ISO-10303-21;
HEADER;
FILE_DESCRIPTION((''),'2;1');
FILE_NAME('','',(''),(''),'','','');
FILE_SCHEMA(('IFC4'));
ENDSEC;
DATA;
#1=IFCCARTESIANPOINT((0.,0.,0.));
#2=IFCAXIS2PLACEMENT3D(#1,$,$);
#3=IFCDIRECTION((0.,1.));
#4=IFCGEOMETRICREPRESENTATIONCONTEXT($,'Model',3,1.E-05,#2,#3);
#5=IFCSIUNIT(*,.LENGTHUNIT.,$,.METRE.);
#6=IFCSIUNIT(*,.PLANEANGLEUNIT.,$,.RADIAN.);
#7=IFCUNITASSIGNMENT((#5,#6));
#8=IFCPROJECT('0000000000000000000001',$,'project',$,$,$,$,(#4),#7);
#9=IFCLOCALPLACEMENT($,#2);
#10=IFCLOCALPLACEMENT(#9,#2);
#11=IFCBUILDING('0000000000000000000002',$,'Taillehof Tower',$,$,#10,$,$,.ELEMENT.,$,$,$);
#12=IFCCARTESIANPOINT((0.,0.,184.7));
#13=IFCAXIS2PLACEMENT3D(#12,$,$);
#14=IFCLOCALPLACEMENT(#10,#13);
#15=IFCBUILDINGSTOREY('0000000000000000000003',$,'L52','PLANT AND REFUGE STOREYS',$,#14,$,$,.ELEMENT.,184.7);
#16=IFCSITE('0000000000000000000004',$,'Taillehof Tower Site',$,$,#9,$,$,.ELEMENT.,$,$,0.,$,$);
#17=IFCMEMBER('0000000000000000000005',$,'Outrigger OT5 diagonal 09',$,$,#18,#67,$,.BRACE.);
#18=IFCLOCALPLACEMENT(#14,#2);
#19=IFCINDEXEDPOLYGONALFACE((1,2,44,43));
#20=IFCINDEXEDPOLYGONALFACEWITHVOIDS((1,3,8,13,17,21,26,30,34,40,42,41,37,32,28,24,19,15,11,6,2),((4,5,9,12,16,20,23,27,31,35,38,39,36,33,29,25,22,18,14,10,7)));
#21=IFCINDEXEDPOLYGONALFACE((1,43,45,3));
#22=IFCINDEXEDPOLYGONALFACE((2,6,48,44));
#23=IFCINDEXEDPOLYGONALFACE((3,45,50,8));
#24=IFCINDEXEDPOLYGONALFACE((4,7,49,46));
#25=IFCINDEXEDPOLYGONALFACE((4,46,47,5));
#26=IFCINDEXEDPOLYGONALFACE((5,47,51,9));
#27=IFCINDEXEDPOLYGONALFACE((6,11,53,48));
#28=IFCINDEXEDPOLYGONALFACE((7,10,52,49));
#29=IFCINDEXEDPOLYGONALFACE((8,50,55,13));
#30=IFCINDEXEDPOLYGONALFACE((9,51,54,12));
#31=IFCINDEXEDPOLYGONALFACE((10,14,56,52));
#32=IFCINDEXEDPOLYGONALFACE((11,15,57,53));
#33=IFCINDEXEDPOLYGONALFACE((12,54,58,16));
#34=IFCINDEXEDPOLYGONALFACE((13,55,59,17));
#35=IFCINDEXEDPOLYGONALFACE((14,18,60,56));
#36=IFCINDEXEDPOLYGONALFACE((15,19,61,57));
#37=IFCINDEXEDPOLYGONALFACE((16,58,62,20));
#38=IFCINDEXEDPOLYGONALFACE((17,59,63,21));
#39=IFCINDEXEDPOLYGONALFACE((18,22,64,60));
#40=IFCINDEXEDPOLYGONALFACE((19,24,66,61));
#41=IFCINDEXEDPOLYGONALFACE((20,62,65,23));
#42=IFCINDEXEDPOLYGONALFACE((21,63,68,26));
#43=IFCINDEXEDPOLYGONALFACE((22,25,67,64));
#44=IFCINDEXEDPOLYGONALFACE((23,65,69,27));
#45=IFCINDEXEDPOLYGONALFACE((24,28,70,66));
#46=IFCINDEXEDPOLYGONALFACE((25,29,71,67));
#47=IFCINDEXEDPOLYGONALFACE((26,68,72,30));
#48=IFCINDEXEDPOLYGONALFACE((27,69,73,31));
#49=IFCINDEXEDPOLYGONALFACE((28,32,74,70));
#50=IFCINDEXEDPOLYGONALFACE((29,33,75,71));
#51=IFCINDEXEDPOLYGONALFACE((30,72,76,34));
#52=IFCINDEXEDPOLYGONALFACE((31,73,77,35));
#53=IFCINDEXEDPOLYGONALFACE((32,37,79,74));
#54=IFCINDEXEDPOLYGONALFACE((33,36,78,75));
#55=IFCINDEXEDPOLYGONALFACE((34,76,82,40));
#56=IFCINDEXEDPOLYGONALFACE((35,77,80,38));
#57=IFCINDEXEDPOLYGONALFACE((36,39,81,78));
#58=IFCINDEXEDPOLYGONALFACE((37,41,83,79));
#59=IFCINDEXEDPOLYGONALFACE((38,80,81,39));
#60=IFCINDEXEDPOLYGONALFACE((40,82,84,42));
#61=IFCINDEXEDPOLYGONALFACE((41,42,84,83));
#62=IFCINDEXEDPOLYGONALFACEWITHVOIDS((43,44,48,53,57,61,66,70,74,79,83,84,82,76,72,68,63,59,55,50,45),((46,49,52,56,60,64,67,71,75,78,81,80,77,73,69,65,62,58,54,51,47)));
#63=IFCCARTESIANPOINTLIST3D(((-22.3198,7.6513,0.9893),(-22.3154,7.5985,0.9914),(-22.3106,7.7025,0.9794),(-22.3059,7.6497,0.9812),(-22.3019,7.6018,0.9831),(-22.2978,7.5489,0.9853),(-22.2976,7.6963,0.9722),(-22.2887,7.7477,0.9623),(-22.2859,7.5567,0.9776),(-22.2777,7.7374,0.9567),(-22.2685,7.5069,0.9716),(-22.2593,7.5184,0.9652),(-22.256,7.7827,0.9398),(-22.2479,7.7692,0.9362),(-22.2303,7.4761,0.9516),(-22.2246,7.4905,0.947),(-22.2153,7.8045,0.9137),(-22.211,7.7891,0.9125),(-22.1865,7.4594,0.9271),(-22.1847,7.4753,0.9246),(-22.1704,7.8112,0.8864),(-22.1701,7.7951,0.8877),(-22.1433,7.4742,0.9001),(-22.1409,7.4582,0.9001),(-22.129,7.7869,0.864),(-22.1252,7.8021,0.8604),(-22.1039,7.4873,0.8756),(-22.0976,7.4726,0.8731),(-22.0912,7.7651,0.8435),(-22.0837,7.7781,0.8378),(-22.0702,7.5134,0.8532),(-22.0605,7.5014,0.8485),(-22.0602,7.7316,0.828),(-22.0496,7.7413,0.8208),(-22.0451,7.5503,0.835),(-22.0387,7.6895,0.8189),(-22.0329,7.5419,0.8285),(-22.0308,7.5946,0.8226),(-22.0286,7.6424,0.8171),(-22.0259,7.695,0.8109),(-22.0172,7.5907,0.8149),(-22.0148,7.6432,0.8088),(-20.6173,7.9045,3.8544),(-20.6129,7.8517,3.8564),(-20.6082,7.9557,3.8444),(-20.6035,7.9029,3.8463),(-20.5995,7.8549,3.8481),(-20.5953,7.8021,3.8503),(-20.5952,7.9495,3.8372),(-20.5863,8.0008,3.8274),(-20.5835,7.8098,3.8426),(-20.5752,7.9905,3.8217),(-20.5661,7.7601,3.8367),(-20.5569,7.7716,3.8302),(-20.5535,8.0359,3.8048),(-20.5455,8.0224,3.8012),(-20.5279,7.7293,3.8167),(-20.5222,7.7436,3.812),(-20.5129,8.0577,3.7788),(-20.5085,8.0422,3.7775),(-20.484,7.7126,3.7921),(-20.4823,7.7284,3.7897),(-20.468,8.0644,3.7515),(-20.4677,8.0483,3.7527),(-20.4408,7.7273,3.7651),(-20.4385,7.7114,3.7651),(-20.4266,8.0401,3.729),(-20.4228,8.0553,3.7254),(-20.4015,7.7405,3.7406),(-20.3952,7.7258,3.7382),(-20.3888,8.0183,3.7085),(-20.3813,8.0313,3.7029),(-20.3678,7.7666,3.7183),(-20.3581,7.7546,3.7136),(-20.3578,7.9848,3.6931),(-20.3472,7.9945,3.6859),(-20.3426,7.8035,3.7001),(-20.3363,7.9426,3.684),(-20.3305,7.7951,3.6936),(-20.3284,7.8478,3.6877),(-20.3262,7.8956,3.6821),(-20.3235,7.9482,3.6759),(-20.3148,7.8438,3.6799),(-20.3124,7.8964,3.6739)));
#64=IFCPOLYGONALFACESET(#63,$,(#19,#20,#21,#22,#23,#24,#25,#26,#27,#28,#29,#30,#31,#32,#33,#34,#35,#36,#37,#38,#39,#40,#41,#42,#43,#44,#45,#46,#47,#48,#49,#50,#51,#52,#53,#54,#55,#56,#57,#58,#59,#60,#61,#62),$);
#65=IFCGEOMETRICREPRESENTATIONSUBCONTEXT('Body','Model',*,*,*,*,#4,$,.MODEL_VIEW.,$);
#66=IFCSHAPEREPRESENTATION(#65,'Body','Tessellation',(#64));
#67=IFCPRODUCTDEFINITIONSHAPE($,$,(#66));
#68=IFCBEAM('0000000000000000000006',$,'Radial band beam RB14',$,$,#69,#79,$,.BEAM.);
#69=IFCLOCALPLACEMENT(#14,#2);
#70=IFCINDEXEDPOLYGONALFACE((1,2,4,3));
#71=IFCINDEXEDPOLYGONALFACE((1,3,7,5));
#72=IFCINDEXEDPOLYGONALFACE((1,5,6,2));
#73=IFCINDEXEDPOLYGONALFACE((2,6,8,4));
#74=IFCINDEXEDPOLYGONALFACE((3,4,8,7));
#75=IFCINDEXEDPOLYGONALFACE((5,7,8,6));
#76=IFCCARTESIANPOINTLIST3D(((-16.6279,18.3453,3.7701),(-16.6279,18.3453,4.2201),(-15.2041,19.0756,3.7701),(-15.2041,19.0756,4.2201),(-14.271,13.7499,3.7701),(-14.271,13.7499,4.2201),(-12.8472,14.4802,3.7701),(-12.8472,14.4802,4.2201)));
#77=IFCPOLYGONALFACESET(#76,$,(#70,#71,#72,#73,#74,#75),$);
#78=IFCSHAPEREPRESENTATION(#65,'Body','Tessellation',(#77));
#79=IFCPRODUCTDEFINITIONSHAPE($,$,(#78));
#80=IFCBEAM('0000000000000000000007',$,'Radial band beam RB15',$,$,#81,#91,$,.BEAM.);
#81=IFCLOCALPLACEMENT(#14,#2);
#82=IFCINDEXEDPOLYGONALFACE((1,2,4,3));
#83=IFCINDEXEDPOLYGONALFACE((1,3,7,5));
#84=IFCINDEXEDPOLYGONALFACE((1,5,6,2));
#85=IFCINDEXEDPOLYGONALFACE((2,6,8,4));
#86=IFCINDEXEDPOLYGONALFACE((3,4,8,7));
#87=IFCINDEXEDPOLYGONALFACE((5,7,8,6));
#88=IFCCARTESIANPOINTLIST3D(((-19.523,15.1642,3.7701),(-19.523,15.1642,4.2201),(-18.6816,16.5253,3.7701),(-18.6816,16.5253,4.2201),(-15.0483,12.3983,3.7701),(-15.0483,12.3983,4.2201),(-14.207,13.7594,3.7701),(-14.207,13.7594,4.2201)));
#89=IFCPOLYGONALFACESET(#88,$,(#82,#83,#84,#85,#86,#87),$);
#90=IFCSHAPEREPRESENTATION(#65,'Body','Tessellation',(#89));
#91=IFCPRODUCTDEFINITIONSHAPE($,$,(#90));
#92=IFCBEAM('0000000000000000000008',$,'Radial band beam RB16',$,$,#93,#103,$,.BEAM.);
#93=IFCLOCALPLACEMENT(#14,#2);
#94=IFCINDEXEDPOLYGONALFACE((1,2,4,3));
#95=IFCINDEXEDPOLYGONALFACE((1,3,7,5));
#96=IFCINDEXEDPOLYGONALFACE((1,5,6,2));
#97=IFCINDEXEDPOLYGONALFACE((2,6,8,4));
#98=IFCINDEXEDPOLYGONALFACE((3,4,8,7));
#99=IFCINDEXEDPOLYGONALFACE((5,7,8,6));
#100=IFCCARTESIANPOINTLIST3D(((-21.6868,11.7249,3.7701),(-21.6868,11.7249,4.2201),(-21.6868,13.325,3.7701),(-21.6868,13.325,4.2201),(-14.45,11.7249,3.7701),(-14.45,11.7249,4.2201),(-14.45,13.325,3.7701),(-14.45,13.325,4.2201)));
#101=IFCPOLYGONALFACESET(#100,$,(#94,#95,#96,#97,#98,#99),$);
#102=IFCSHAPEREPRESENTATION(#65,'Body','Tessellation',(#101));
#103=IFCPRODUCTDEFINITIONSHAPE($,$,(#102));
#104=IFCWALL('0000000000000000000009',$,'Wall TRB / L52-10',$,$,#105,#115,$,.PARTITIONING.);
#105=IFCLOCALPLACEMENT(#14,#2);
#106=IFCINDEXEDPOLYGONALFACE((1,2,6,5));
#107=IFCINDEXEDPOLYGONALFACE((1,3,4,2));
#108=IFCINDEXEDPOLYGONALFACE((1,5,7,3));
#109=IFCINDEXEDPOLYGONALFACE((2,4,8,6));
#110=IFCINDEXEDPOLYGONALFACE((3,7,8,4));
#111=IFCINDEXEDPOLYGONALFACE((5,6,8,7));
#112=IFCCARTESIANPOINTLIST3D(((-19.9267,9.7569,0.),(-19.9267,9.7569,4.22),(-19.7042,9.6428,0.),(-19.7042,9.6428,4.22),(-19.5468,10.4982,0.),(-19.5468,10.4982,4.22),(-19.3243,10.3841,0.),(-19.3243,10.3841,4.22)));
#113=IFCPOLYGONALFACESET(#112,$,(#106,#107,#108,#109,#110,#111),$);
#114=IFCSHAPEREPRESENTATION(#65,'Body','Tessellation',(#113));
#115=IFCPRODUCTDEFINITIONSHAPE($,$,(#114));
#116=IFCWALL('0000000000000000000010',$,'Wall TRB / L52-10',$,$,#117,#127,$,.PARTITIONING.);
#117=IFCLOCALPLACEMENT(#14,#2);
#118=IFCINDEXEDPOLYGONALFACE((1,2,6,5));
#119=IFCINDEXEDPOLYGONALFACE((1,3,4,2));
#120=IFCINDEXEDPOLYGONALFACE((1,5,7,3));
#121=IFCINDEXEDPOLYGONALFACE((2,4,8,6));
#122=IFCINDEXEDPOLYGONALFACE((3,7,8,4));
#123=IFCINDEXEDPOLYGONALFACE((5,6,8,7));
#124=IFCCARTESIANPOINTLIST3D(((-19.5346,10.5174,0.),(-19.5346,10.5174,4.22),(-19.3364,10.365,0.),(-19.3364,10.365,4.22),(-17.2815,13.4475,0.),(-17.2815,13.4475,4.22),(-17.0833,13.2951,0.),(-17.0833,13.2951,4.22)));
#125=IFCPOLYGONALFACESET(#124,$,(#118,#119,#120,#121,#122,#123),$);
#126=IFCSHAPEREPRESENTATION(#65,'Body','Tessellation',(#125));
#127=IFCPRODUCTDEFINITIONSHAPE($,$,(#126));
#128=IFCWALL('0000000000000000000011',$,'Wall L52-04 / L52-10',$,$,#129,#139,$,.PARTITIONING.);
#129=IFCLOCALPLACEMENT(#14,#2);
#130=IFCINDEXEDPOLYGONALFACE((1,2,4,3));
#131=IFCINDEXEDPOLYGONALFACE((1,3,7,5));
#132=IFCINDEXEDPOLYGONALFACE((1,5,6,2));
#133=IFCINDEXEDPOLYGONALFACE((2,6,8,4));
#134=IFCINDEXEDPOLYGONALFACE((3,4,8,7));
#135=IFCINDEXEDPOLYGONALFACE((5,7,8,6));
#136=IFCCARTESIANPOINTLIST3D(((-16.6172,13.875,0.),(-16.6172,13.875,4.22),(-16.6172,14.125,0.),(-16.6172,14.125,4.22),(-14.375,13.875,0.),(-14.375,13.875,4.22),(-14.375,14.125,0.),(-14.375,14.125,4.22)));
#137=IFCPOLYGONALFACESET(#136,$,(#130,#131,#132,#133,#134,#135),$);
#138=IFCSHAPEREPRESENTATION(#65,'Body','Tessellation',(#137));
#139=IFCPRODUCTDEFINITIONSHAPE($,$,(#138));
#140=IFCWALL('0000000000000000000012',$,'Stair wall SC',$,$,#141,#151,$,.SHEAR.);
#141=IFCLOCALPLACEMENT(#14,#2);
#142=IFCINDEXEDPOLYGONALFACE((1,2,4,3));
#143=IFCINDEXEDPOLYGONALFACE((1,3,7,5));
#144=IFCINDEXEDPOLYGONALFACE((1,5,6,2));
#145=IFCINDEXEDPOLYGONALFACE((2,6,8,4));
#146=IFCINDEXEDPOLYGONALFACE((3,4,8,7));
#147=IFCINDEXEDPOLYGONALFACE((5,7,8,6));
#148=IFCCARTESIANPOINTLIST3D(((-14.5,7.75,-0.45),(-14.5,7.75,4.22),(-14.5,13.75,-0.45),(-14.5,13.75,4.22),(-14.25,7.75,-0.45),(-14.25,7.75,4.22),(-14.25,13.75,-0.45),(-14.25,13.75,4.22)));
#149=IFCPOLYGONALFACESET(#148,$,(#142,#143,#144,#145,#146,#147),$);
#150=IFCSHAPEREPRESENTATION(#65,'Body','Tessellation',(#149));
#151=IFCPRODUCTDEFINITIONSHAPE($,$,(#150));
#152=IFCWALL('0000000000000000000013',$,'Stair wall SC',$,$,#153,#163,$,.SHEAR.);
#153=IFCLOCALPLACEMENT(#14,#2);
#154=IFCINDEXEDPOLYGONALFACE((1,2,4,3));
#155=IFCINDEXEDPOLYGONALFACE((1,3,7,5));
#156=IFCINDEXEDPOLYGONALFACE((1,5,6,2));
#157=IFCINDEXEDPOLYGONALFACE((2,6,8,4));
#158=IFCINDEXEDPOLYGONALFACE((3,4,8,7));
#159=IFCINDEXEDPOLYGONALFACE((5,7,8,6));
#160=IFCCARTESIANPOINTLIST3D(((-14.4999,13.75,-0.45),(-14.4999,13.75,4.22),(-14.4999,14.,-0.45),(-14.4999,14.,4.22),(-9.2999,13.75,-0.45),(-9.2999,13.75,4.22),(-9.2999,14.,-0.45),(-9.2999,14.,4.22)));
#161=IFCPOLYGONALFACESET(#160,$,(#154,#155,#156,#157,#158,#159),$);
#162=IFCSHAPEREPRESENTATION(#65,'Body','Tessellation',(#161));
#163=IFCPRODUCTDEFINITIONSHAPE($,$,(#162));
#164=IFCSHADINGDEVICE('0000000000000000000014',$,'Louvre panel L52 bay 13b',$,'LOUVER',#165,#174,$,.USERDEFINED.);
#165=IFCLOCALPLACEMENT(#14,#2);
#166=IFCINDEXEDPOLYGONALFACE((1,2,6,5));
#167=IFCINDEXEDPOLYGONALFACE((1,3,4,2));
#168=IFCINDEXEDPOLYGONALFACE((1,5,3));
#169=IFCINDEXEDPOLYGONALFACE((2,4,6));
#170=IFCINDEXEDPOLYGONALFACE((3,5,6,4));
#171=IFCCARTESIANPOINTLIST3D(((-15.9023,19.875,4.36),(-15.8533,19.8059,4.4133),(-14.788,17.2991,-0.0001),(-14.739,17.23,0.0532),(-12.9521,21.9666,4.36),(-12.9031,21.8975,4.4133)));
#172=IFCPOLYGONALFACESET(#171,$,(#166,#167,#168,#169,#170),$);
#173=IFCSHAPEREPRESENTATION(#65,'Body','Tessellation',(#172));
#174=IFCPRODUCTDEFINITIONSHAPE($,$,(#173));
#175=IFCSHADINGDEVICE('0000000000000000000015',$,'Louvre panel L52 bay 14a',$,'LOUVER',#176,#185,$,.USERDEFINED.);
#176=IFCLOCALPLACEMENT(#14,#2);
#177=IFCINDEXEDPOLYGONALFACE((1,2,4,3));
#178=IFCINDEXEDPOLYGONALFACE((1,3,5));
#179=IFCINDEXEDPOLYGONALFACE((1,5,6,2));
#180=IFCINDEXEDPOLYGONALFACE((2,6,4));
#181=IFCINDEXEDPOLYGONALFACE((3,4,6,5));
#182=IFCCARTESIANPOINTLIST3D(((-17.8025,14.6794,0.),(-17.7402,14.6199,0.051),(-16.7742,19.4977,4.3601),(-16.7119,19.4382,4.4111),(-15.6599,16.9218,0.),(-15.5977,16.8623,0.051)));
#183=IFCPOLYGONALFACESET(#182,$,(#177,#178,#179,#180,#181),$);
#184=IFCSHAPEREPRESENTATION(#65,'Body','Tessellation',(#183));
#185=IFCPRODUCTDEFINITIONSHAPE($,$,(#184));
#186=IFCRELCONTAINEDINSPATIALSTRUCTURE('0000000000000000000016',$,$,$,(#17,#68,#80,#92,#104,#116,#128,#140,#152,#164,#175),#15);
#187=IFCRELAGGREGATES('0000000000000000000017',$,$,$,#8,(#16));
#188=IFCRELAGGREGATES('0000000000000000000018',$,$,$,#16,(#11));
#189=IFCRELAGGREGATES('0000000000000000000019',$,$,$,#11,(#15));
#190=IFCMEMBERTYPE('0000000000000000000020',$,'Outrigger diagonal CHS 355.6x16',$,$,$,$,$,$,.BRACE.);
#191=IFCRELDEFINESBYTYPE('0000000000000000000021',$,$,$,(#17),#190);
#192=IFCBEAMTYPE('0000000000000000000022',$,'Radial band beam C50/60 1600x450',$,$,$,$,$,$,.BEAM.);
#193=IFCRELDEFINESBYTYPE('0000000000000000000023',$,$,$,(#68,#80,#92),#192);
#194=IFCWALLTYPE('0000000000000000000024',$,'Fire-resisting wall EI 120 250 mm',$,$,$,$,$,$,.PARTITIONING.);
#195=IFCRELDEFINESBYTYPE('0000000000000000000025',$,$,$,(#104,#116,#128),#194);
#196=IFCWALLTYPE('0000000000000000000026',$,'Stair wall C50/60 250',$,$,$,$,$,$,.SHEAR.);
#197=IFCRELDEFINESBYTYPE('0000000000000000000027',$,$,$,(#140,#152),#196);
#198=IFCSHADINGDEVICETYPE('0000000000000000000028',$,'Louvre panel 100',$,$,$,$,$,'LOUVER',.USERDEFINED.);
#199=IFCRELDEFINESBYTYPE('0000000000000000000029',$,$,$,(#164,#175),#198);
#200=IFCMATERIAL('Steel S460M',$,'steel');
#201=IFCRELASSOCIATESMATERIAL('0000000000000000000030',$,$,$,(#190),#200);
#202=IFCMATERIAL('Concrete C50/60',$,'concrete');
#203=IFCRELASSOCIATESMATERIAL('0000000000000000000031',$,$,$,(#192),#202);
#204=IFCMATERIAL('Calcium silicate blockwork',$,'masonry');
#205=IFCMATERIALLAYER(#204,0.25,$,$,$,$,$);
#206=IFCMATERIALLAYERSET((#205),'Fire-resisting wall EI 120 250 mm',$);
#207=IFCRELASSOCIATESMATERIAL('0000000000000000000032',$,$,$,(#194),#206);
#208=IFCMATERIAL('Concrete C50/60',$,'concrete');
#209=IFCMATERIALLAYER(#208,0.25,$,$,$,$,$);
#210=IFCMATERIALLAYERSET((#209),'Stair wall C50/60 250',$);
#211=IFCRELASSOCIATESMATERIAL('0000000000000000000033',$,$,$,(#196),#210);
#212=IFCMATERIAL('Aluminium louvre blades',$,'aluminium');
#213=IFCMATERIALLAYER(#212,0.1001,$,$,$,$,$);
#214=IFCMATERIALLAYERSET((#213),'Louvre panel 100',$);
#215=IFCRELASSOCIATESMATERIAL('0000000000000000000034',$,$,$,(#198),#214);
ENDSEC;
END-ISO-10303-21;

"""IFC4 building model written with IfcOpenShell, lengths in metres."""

from ifc_helpers import new_model, si_unit, direction, frame, frame_2d, origin, origin_2d, place, context, subcontext, project, spatial, polyline, rectangle, hollow_circle, outline, extrude, material, layer, layer_set, material_profile, profile_set, type_object, element, save


model = new_model("IFC4")

# Units and contexts
model_context = context("Model", 3, precision=1e-05, world=origin(), true_north=direction((0.0, 1.0)))
body_context = subcontext(model_context, "Body", "Model", "MODEL_VIEW")
ifc_project = project(units=[si_unit("LENGTHUNIT", "METRE"), si_unit("PLANEANGLEUNIT", "RADIAN")], contexts=[model_context])

# Site, building, storey
site_placement = place(None, origin())
site = spatial("IfcSite", under=ifc_project, at=site_placement, Name="Taillehof Tower Site", CompositionType="ELEMENT", RefElevation=0.0)
building_placement = place(site_placement, origin())
building = spatial("IfcBuilding", under=site, at=building_placement, Name="Taillehof Tower", CompositionType="ELEMENT")
storey_placement = place(building_placement, frame((0.0, 0.0, 184.7)))
storey = spatial("IfcBuildingStorey", under=building, at=storey_placement, Name="L52", Description="PLANT AND REFUGE STOREYS", CompositionType="ELEMENT", Elevation=184.7)

# Member
ifc_material_1 = material(Name="Steel S460M", Category="steel")
ifc_material_profile_1 = material_profile(ifc_material_1, hollow_circle(Radius=0.1777, WallThickness=0.0161, at=origin_2d()), Name="CHS 355.6x16")
ifc_profile_set_1 = profile_set([ifc_material_profile_1], Name="Steel S460M")
member_type_1 = type_object("IfcMemberType", Name="Outrigger diagonal CHS 355.6x16", PredefinedType="BRACE", material=ifc_profile_set_1)
member_1_placement = place(storey_placement, frame((-20.4646, 7.8872, 3.7651), z_axis=(-0.50936, -0.07575, -0.857213), x_axis=(0.147099, -0.989122, 0.0)))
element("IfcMember", 1, at=member_1_placement, inside=storey, type_object=member_type_1, Name="Outrigger OT5 diagonal 09", PredefinedType="BRACE", context=body_context, shape_type="SweptSolid", body=[
    extrude(hollow_circle(Radius=0.1777, WallThickness=0.0161, at=origin_2d()), origin(), (0.0, 0.0, 1.0), 3.3423),
])

# Beams
ifc_material_2 = material(Name="Concrete C50/60", Category="concrete")
ifc_material_profile_2 = material_profile(ifc_material_2, rectangle(XDim=1.6001, YDim=0.45, at=origin_2d()), Name="RC 1600x450")
ifc_profile_set_2 = profile_set([ifc_material_profile_2], Name="Concrete C50/60")
beam_type = type_object("IfcBeamType", Name="Radial band beam C50/60 1600x450", PredefinedType="BEAM", material=ifc_profile_set_2)
beam_1_placement = place(storey_placement, frame((-15.916, 18.7104, 3.9951), z_axis=(0.456361, -0.889795, 0.0), x_axis=(0.889795, 0.456361, 0.0)))
element("IfcBeam", 2, at=beam_1_placement, inside=storey, type_object=beam_type, Name="Radial band beam RB14", PredefinedType="BEAM", context=body_context, shape_type="SweptSolid", body=[
    extrude(rectangle(XDim=1.6001, YDim=0.45, at=origin_2d()), origin(), (0.0, 0.0, 1.0), 5.1646),
])
beam_2_placement = place(storey_placement, frame((-19.1023, 15.8447, 3.9951), z_axis=(0.850616, -0.525787, 0.0), x_axis=(0.525787, 0.850616, 0.0)))
element("IfcBeam", 3, at=beam_2_placement, inside=storey, type_object=beam_type, Name="Radial band beam RB15", PredefinedType="BEAM", context=body_context, shape_type="SweptSolid", body=[
    extrude(rectangle(XDim=1.6001, YDim=0.45, at=origin_2d()), origin(), (0.0, 0.0, 1.0), 5.2605),
])
beam_3_placement = place(storey_placement, frame((-21.6868, 12.5249, 3.9951), z_axis=(1.0, 0.0, 0.0), x_axis=(0.0, 1.0, 0.0)))
element("IfcBeam", 4, at=beam_3_placement, inside=storey, type_object=beam_type, Name="Radial band beam RB16", PredefinedType="BEAM", context=body_context, shape_type="SweptSolid", body=[
    extrude(rectangle(XDim=1.6001, YDim=0.45, at=origin_2d()), origin(), (0.0, 0.0, 1.0), 7.2368),
])

# Walls
ifc_material_3 = material(Name="Calcium silicate blockwork", Category="masonry")
ifc_layer_1 = layer(ifc_material_3, 0.25)
ifc_layer_set_1 = layer_set([ifc_layer_1], Name="Fire-resisting wall EI 120 250 mm")
wall_type_1 = type_object("IfcWallType", Name="Fire-resisting wall EI 120 250 mm", PredefinedType="PARTITIONING", material=ifc_layer_set_1)
wall_1_placement = place(storey_placement, frame((-19.4355, 10.4412, 0.0), z_axis=(0.0, 0.0, 1.0), x_axis=(-0.456102, -0.889927, 0.0)))
element("IfcWall", 5, at=wall_1_placement, inside=storey, type_object=wall_type_1, Name="Wall TRB / L52-10", PredefinedType="PARTITIONING", context=body_context, shape_type="SweptSolid", body=[
    extrude(rectangle(XDim=0.833, YDim=0.25, at=frame_2d((0.4165, 0.0))), origin(), (0.0, 0.0, 1.0), 4.22),
])
wall_2_placement = place(storey_placement, frame((-17.1824, 13.3713, 0.0), z_axis=(0.0, 0.0, 1.0), x_axis=(-0.609573, -0.79273, 0.0)))
element("IfcWall", 6, at=wall_2_placement, inside=storey, type_object=wall_type_1, Name="Wall TRB / L52-10", PredefinedType="PARTITIONING", context=body_context, shape_type="SweptSolid", body=[
    extrude(rectangle(XDim=3.6963, YDim=0.25, at=frame_2d((1.8481, 0.0))), origin(), (0.0, 0.0, 1.0), 4.22),
])
wall_3_placement = place(storey_placement, frame((-16.6172, 14.0, 0.0), z_axis=(0.0, 0.0, 1.0), x_axis=(1.0, 0.0, 0.0)))
element("IfcWall", 7, at=wall_3_placement, inside=storey, type_object=wall_type_1, Name="Wall L52-04 / L52-10", PredefinedType="PARTITIONING", context=body_context, shape_type="SweptSolid", body=[
    extrude(rectangle(XDim=2.2422, YDim=0.25, at=frame_2d((1.1211, 0.0))), origin(), (0.0, 0.0, 1.0), 4.22),
])
ifc_material_4 = material(Name="Concrete C50/60", Category="concrete")
ifc_layer_2 = layer(ifc_material_4, 0.25)
ifc_layer_set_2 = layer_set([ifc_layer_2], Name="Stair wall C50/60 250")
wall_type_2 = type_object("IfcWallType", Name="Stair wall C50/60 250", PredefinedType="SHEAR", material=ifc_layer_set_2)
wall_4_placement = place(storey_placement, frame((-14.375, 7.75, -0.45), z_axis=(0.0, 0.0, 1.0), x_axis=(0.0, 1.0, 0.0)))
element("IfcWall", 8, at=wall_4_placement, inside=storey, type_object=wall_type_2, Name="Stair wall SC", PredefinedType="SHEAR", context=body_context, shape_type="SweptSolid", body=[
    extrude(rectangle(XDim=6.0, YDim=0.25, at=frame_2d((3.0, 0.0))), origin(), (0.0, 0.0, 1.0), 4.6699),
])
wall_5_placement = place(storey_placement, frame((-14.5, 13.875, -0.45), z_axis=(0.0, 0.0, 1.0), x_axis=(1.0, 0.0, 0.0)))
element("IfcWall", 9, at=wall_5_placement, inside=storey, type_object=wall_type_2, Name="Stair wall SC", PredefinedType="SHEAR", context=body_context, shape_type="SweptSolid", body=[
    extrude(rectangle(XDim=5.2, YDim=0.25, at=frame_2d((2.6001, 0.0))), origin(), (0.0, 0.0, 1.0), 4.6699),
])

# Shading devices
ifc_material_5 = material(Name="Aluminium louvre blades", Category="aluminium")
ifc_layer_3 = layer(ifc_material_5, 0.1001)
ifc_layer_set_3 = layer_set([ifc_layer_3], Name="Louvre panel 100")
shading_device_type = type_object("IfcShadingDeviceType", Name="Louvre panel 100", ElementType="LOUVER", PredefinedType="USERDEFINED", material=ifc_layer_set_3)
shading_device_1_placement = place(storey_placement, frame((-14.739, 17.23, 0.0532), z_axis=(0.489393, -0.690303, 0.532895), x_axis=(-0.214887, 0.496773, 0.840857)))
element("IfcShadingDevice", 10, at=shading_device_1_placement, inside=storey, type_object=shading_device_type, Name="Louvre panel L52 bay 13b", ObjectType="LOUVER", PredefinedType="USERDEFINED", context=body_context, shape_type="SweptSolid", body=[
    extrude(outline(polyline([(0.0, 0.0), (5.1853, 0.0), (5.5904, -3.5936), (0.0, 0.0)])), origin(), (0.0, 0.0, -1.0), 0.1001),
])
shading_device_2_placement = place(storey_placement, frame((-15.5977, 16.8623, 0.051), z_axis=(0.621923, -0.594229, 0.510004), x_axis=(-0.690826, -0.723021, 0.0)))
element("IfcShadingDevice", 11, at=shading_device_2_placement, inside=storey, type_object=shading_device_type, Name="Louvre panel L52 bay 14a", ObjectType="LOUVER", PredefinedType="USERDEFINED", context=body_context, shape_type="SweptSolid", body=[
    extrude(outline(polyline([(0.0, 0.0), (3.1015, 0.0), (-1.0927, -5.0689), (0.0, 0.0)])), origin(), (0.0, 0.0, -1.0), 0.1001),
])

save(model, "model.ifc")
